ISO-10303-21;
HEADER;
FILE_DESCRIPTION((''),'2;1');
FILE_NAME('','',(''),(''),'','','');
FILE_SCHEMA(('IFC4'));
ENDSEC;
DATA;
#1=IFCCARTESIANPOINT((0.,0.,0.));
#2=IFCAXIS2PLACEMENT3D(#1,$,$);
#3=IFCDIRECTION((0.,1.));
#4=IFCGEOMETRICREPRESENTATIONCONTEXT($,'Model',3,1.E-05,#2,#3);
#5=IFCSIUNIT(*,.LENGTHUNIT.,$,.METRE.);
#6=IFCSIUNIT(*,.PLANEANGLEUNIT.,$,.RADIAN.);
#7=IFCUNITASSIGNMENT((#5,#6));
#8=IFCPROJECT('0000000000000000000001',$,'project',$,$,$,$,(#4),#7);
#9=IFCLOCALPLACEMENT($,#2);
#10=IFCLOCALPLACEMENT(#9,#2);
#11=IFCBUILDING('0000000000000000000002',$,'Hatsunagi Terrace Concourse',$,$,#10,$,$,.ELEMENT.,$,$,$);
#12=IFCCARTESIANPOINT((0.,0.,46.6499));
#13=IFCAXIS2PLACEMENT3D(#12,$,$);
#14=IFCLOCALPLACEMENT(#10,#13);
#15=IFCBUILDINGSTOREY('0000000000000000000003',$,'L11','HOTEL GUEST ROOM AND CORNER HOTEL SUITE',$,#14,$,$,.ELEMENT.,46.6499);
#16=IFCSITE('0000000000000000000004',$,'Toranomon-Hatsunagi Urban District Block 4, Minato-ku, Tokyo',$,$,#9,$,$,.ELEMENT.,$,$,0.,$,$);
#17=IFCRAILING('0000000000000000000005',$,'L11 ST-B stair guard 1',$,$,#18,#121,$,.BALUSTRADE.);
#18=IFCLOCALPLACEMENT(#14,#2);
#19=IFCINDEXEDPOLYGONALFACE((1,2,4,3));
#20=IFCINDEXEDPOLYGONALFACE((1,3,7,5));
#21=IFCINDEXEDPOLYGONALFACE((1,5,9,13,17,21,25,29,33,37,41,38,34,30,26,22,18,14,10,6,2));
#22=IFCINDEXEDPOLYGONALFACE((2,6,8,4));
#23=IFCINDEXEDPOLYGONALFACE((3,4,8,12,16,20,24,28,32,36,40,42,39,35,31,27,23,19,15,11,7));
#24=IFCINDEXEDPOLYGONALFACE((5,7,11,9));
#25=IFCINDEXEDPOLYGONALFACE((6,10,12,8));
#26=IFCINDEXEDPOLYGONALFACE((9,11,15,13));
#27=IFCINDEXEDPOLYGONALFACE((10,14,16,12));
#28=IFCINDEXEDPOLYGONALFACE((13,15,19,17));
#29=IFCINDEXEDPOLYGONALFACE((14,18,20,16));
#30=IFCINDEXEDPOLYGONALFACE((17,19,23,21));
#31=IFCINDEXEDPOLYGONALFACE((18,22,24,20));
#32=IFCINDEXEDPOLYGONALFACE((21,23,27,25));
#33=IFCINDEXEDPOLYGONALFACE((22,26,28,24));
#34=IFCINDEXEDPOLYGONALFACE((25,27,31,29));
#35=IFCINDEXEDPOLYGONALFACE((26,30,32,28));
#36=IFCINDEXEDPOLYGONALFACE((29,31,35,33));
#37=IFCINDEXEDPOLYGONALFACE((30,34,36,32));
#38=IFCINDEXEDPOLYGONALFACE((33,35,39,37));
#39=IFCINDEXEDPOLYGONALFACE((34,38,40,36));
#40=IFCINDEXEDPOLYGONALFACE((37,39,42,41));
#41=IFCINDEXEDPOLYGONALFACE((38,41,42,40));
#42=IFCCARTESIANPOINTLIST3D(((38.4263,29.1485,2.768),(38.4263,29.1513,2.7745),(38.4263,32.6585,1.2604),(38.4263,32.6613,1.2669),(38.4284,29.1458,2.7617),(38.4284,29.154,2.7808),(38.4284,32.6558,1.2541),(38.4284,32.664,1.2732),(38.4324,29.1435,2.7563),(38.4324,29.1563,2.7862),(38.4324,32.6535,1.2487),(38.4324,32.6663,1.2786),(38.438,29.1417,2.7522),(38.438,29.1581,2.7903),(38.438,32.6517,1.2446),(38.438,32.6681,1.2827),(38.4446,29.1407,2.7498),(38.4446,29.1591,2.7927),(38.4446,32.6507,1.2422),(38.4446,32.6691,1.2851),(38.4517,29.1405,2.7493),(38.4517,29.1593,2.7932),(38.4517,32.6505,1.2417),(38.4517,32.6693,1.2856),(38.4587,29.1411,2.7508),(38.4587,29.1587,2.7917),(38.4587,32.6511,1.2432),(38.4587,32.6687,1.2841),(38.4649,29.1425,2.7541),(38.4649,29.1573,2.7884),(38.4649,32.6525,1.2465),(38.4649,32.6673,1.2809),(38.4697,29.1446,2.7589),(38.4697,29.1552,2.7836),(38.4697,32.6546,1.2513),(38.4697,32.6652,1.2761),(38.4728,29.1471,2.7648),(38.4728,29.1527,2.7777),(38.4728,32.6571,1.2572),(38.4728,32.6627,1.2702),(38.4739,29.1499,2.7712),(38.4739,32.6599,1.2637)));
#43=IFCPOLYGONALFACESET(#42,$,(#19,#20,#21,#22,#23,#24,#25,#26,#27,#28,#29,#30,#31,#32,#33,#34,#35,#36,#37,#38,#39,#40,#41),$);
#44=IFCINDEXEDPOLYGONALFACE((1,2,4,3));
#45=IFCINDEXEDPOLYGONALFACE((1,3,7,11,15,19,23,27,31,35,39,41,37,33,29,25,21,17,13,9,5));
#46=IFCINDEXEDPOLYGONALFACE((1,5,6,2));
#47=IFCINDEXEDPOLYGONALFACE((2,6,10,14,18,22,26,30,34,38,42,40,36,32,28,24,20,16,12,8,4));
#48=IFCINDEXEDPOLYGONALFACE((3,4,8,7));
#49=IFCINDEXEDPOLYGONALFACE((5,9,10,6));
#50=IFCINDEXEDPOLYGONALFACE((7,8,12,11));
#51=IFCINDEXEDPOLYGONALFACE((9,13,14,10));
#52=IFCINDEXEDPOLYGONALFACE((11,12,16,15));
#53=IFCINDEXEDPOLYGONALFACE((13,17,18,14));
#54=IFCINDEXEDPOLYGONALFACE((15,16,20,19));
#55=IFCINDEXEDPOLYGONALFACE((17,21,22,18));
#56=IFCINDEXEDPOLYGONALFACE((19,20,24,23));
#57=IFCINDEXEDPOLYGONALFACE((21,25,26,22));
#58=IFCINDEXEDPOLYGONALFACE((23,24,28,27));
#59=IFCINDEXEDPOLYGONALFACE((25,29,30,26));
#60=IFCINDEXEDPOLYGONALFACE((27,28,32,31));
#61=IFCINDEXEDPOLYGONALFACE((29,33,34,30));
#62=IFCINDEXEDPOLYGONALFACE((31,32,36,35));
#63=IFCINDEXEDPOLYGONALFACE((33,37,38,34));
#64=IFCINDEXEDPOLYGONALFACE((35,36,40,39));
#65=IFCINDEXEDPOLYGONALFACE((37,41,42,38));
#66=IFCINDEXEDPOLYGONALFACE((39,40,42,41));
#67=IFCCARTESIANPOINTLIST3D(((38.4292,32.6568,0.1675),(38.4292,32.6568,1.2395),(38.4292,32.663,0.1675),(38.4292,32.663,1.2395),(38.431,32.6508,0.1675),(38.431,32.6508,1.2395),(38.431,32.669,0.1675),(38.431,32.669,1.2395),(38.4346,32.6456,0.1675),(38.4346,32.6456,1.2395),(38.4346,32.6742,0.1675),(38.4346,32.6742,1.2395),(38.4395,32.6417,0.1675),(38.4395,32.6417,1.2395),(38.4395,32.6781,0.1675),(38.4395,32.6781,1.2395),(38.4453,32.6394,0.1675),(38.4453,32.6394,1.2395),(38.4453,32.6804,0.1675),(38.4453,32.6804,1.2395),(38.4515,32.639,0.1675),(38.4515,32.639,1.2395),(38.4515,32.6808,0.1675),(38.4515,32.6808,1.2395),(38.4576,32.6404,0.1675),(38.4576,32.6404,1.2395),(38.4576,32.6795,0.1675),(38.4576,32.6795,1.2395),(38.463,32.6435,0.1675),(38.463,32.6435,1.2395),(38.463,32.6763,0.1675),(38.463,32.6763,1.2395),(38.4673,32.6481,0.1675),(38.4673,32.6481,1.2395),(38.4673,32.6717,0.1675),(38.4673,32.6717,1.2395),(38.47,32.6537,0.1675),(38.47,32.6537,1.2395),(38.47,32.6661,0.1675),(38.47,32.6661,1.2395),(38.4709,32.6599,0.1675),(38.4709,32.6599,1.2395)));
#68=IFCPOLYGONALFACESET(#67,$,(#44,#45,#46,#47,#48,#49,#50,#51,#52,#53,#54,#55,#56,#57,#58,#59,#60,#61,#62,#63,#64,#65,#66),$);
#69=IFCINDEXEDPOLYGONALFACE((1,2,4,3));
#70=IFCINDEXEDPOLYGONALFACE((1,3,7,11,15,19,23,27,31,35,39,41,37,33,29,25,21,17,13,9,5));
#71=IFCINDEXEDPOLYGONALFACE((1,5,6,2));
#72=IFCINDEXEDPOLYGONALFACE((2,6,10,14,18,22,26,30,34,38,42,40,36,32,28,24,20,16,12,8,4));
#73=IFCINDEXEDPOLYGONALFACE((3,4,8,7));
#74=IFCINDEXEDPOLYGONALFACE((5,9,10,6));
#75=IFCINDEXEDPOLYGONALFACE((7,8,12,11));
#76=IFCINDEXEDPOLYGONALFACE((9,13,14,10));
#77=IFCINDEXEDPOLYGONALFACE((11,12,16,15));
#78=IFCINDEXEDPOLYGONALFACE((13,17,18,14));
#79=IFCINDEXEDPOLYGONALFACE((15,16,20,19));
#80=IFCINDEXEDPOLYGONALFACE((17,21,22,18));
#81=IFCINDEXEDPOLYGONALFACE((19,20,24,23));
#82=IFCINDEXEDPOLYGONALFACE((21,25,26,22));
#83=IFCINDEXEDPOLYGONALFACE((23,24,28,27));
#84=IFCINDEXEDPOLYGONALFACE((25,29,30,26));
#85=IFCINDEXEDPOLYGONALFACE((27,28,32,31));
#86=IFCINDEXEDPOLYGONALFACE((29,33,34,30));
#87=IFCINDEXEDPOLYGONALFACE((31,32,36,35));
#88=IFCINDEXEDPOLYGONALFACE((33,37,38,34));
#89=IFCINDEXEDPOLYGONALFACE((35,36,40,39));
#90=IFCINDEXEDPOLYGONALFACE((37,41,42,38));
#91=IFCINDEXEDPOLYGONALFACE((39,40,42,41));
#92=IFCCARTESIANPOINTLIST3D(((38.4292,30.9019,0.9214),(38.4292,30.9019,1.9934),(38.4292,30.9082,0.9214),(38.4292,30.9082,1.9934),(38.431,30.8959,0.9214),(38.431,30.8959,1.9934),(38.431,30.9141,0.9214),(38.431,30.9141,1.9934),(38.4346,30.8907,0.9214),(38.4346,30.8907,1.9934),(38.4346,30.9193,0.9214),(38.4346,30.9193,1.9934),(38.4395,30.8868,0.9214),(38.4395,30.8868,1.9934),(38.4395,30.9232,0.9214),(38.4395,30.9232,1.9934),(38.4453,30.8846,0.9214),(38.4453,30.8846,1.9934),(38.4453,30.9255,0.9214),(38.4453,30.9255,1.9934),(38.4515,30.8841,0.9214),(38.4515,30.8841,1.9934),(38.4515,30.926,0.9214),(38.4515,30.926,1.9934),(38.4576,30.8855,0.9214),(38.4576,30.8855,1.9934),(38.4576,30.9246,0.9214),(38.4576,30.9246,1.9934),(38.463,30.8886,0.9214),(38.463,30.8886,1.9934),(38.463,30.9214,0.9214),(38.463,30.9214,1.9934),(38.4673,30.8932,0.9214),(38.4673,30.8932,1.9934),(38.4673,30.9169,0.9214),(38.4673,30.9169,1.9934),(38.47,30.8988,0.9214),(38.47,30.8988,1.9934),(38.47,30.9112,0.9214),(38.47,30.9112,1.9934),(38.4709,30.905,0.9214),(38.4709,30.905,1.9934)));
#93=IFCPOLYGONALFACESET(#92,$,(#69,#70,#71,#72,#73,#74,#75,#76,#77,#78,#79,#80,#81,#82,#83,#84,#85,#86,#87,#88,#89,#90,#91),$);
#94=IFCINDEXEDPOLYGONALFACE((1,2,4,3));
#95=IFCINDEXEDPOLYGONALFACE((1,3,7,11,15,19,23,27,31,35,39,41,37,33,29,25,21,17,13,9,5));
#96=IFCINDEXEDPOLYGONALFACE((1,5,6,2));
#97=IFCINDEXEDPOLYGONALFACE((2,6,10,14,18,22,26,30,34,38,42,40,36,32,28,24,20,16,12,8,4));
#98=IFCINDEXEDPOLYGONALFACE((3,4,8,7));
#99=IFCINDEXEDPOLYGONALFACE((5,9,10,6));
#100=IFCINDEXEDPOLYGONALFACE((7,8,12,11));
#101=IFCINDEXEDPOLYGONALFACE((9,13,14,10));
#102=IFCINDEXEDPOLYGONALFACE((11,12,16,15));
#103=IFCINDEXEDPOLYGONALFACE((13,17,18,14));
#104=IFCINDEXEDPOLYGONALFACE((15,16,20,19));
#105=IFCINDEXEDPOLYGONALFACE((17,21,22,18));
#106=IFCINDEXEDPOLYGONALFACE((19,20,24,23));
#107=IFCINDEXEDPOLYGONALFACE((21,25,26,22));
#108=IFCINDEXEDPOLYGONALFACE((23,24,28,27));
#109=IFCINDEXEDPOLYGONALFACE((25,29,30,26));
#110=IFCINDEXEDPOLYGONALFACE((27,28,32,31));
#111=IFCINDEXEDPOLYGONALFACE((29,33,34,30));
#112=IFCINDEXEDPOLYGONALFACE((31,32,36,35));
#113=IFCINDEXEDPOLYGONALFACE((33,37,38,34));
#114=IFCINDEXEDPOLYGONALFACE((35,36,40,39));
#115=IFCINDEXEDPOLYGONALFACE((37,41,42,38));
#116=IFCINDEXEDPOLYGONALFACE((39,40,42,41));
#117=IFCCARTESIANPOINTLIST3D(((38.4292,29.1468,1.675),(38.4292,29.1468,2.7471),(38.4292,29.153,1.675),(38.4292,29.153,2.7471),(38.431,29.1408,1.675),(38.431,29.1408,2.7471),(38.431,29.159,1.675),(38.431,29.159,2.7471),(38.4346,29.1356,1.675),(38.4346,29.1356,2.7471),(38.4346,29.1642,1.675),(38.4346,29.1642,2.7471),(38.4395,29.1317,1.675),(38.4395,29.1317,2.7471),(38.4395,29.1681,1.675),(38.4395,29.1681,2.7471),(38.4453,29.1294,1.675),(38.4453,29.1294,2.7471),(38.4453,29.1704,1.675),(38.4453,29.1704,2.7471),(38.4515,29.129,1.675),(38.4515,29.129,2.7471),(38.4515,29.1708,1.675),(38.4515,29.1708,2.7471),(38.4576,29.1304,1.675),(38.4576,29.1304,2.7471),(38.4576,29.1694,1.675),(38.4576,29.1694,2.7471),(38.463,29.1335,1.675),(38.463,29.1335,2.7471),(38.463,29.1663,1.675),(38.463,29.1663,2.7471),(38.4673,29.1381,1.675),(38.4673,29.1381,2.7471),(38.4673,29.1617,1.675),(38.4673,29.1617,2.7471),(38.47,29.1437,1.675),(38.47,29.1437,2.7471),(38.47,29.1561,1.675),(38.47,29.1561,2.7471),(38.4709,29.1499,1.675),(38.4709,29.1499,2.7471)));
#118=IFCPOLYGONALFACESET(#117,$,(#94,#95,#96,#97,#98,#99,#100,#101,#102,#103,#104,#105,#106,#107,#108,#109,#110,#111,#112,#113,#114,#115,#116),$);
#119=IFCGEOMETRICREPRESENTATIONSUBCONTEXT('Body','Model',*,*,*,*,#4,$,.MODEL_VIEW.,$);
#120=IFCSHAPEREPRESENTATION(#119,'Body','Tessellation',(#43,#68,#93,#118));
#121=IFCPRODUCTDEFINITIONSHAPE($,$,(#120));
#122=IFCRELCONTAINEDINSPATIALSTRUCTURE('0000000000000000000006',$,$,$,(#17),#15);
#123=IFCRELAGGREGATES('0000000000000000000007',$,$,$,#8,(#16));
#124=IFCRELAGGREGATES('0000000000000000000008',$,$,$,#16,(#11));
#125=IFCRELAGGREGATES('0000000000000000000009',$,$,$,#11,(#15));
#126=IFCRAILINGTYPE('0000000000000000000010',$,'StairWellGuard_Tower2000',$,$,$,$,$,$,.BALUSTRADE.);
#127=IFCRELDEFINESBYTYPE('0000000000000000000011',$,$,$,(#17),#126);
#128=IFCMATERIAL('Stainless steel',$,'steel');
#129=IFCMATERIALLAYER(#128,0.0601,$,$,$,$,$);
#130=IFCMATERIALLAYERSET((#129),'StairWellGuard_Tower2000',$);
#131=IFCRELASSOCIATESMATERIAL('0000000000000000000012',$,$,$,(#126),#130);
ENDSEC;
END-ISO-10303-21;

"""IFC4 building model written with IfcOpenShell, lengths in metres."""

from ifc_helpers import new_model, si_unit, direction, frame, origin, origin_2d, place, context, subcontext, project, spatial, circle, extrude, material, layer, layer_set, type_object, element, save


model = new_model("IFC4")

# Units and contexts
model_context = context("Model", 3, precision=1e-05, world=origin(), true_north=direction((0.0, 1.0)))
body_context = subcontext(model_context, "Body", "Model", "MODEL_VIEW")
ifc_project = project(units=[si_unit("LENGTHUNIT", "METRE"), si_unit("PLANEANGLEUNIT", "RADIAN")], contexts=[model_context])

# Site, building, storey
site_placement = place(None, origin())
site = spatial("IfcSite", under=ifc_project, at=site_placement, Name="Toranomon-Hatsunagi Urban District Block 4, Minato-ku, Tokyo", CompositionType="ELEMENT", RefElevation=0.0)
building_placement = place(site_placement, origin())
building = spatial("IfcBuilding", under=site, at=building_placement, Name="Hatsunagi Terrace Concourse", CompositionType="ELEMENT")
storey_placement = place(building_placement, frame((0.0, 0.0, 46.6499)))
storey = spatial("IfcBuildingStorey", under=building, at=storey_placement, Name="L11", Description="HOTEL GUEST ROOM AND CORNER HOTEL SUITE", CompositionType="ELEMENT", Elevation=46.6499)

# Railing
ifc_material_1 = material(Name="Stainless steel", Category="steel")
ifc_layer_1 = layer(ifc_material_1, 0.0601)
ifc_layer_set_1 = layer_set([ifc_layer_1], Name="StairWellGuard_Tower2000")
railing_type_1 = type_object("IfcRailingType", Name="StairWellGuard_Tower2000", PredefinedType="BALUSTRADE", material=ifc_layer_set_1)
railing_1_placement = place(storey_placement, frame((38.45, 32.6599, 0.1675)))
element("IfcRailing", 1, at=railing_1_placement, inside=storey, type_object=railing_type_1, Name="L11 ST-B stair guard 1", PredefinedType="BALUSTRADE", context=body_context, shape_type="SweptSolid", body=[
    extrude(circle(Radius=0.0239, at=origin_2d()), frame((0.0, 0.0, 1.0962), z_axis=(0.0, -0.918834, 0.394644), x_axis=(1.0, 0.0, 0.0)), (0.0, 0.0, 1.0), 3.8201),
    extrude(circle(Radius=0.021, at=origin_2d()), origin(), (0.0, 0.0, 1.0), 1.072),
    extrude(circle(Radius=0.021, at=origin_2d()), frame((0.0, -1.7549, 0.7539)), (0.0, 0.0, 1.0), 1.072),
    extrude(circle(Radius=0.021, at=origin_2d()), frame((0.0, -3.51, 1.5076)), (0.0, 0.0, 1.0), 1.072),
])

save(model, "model.ifc")
